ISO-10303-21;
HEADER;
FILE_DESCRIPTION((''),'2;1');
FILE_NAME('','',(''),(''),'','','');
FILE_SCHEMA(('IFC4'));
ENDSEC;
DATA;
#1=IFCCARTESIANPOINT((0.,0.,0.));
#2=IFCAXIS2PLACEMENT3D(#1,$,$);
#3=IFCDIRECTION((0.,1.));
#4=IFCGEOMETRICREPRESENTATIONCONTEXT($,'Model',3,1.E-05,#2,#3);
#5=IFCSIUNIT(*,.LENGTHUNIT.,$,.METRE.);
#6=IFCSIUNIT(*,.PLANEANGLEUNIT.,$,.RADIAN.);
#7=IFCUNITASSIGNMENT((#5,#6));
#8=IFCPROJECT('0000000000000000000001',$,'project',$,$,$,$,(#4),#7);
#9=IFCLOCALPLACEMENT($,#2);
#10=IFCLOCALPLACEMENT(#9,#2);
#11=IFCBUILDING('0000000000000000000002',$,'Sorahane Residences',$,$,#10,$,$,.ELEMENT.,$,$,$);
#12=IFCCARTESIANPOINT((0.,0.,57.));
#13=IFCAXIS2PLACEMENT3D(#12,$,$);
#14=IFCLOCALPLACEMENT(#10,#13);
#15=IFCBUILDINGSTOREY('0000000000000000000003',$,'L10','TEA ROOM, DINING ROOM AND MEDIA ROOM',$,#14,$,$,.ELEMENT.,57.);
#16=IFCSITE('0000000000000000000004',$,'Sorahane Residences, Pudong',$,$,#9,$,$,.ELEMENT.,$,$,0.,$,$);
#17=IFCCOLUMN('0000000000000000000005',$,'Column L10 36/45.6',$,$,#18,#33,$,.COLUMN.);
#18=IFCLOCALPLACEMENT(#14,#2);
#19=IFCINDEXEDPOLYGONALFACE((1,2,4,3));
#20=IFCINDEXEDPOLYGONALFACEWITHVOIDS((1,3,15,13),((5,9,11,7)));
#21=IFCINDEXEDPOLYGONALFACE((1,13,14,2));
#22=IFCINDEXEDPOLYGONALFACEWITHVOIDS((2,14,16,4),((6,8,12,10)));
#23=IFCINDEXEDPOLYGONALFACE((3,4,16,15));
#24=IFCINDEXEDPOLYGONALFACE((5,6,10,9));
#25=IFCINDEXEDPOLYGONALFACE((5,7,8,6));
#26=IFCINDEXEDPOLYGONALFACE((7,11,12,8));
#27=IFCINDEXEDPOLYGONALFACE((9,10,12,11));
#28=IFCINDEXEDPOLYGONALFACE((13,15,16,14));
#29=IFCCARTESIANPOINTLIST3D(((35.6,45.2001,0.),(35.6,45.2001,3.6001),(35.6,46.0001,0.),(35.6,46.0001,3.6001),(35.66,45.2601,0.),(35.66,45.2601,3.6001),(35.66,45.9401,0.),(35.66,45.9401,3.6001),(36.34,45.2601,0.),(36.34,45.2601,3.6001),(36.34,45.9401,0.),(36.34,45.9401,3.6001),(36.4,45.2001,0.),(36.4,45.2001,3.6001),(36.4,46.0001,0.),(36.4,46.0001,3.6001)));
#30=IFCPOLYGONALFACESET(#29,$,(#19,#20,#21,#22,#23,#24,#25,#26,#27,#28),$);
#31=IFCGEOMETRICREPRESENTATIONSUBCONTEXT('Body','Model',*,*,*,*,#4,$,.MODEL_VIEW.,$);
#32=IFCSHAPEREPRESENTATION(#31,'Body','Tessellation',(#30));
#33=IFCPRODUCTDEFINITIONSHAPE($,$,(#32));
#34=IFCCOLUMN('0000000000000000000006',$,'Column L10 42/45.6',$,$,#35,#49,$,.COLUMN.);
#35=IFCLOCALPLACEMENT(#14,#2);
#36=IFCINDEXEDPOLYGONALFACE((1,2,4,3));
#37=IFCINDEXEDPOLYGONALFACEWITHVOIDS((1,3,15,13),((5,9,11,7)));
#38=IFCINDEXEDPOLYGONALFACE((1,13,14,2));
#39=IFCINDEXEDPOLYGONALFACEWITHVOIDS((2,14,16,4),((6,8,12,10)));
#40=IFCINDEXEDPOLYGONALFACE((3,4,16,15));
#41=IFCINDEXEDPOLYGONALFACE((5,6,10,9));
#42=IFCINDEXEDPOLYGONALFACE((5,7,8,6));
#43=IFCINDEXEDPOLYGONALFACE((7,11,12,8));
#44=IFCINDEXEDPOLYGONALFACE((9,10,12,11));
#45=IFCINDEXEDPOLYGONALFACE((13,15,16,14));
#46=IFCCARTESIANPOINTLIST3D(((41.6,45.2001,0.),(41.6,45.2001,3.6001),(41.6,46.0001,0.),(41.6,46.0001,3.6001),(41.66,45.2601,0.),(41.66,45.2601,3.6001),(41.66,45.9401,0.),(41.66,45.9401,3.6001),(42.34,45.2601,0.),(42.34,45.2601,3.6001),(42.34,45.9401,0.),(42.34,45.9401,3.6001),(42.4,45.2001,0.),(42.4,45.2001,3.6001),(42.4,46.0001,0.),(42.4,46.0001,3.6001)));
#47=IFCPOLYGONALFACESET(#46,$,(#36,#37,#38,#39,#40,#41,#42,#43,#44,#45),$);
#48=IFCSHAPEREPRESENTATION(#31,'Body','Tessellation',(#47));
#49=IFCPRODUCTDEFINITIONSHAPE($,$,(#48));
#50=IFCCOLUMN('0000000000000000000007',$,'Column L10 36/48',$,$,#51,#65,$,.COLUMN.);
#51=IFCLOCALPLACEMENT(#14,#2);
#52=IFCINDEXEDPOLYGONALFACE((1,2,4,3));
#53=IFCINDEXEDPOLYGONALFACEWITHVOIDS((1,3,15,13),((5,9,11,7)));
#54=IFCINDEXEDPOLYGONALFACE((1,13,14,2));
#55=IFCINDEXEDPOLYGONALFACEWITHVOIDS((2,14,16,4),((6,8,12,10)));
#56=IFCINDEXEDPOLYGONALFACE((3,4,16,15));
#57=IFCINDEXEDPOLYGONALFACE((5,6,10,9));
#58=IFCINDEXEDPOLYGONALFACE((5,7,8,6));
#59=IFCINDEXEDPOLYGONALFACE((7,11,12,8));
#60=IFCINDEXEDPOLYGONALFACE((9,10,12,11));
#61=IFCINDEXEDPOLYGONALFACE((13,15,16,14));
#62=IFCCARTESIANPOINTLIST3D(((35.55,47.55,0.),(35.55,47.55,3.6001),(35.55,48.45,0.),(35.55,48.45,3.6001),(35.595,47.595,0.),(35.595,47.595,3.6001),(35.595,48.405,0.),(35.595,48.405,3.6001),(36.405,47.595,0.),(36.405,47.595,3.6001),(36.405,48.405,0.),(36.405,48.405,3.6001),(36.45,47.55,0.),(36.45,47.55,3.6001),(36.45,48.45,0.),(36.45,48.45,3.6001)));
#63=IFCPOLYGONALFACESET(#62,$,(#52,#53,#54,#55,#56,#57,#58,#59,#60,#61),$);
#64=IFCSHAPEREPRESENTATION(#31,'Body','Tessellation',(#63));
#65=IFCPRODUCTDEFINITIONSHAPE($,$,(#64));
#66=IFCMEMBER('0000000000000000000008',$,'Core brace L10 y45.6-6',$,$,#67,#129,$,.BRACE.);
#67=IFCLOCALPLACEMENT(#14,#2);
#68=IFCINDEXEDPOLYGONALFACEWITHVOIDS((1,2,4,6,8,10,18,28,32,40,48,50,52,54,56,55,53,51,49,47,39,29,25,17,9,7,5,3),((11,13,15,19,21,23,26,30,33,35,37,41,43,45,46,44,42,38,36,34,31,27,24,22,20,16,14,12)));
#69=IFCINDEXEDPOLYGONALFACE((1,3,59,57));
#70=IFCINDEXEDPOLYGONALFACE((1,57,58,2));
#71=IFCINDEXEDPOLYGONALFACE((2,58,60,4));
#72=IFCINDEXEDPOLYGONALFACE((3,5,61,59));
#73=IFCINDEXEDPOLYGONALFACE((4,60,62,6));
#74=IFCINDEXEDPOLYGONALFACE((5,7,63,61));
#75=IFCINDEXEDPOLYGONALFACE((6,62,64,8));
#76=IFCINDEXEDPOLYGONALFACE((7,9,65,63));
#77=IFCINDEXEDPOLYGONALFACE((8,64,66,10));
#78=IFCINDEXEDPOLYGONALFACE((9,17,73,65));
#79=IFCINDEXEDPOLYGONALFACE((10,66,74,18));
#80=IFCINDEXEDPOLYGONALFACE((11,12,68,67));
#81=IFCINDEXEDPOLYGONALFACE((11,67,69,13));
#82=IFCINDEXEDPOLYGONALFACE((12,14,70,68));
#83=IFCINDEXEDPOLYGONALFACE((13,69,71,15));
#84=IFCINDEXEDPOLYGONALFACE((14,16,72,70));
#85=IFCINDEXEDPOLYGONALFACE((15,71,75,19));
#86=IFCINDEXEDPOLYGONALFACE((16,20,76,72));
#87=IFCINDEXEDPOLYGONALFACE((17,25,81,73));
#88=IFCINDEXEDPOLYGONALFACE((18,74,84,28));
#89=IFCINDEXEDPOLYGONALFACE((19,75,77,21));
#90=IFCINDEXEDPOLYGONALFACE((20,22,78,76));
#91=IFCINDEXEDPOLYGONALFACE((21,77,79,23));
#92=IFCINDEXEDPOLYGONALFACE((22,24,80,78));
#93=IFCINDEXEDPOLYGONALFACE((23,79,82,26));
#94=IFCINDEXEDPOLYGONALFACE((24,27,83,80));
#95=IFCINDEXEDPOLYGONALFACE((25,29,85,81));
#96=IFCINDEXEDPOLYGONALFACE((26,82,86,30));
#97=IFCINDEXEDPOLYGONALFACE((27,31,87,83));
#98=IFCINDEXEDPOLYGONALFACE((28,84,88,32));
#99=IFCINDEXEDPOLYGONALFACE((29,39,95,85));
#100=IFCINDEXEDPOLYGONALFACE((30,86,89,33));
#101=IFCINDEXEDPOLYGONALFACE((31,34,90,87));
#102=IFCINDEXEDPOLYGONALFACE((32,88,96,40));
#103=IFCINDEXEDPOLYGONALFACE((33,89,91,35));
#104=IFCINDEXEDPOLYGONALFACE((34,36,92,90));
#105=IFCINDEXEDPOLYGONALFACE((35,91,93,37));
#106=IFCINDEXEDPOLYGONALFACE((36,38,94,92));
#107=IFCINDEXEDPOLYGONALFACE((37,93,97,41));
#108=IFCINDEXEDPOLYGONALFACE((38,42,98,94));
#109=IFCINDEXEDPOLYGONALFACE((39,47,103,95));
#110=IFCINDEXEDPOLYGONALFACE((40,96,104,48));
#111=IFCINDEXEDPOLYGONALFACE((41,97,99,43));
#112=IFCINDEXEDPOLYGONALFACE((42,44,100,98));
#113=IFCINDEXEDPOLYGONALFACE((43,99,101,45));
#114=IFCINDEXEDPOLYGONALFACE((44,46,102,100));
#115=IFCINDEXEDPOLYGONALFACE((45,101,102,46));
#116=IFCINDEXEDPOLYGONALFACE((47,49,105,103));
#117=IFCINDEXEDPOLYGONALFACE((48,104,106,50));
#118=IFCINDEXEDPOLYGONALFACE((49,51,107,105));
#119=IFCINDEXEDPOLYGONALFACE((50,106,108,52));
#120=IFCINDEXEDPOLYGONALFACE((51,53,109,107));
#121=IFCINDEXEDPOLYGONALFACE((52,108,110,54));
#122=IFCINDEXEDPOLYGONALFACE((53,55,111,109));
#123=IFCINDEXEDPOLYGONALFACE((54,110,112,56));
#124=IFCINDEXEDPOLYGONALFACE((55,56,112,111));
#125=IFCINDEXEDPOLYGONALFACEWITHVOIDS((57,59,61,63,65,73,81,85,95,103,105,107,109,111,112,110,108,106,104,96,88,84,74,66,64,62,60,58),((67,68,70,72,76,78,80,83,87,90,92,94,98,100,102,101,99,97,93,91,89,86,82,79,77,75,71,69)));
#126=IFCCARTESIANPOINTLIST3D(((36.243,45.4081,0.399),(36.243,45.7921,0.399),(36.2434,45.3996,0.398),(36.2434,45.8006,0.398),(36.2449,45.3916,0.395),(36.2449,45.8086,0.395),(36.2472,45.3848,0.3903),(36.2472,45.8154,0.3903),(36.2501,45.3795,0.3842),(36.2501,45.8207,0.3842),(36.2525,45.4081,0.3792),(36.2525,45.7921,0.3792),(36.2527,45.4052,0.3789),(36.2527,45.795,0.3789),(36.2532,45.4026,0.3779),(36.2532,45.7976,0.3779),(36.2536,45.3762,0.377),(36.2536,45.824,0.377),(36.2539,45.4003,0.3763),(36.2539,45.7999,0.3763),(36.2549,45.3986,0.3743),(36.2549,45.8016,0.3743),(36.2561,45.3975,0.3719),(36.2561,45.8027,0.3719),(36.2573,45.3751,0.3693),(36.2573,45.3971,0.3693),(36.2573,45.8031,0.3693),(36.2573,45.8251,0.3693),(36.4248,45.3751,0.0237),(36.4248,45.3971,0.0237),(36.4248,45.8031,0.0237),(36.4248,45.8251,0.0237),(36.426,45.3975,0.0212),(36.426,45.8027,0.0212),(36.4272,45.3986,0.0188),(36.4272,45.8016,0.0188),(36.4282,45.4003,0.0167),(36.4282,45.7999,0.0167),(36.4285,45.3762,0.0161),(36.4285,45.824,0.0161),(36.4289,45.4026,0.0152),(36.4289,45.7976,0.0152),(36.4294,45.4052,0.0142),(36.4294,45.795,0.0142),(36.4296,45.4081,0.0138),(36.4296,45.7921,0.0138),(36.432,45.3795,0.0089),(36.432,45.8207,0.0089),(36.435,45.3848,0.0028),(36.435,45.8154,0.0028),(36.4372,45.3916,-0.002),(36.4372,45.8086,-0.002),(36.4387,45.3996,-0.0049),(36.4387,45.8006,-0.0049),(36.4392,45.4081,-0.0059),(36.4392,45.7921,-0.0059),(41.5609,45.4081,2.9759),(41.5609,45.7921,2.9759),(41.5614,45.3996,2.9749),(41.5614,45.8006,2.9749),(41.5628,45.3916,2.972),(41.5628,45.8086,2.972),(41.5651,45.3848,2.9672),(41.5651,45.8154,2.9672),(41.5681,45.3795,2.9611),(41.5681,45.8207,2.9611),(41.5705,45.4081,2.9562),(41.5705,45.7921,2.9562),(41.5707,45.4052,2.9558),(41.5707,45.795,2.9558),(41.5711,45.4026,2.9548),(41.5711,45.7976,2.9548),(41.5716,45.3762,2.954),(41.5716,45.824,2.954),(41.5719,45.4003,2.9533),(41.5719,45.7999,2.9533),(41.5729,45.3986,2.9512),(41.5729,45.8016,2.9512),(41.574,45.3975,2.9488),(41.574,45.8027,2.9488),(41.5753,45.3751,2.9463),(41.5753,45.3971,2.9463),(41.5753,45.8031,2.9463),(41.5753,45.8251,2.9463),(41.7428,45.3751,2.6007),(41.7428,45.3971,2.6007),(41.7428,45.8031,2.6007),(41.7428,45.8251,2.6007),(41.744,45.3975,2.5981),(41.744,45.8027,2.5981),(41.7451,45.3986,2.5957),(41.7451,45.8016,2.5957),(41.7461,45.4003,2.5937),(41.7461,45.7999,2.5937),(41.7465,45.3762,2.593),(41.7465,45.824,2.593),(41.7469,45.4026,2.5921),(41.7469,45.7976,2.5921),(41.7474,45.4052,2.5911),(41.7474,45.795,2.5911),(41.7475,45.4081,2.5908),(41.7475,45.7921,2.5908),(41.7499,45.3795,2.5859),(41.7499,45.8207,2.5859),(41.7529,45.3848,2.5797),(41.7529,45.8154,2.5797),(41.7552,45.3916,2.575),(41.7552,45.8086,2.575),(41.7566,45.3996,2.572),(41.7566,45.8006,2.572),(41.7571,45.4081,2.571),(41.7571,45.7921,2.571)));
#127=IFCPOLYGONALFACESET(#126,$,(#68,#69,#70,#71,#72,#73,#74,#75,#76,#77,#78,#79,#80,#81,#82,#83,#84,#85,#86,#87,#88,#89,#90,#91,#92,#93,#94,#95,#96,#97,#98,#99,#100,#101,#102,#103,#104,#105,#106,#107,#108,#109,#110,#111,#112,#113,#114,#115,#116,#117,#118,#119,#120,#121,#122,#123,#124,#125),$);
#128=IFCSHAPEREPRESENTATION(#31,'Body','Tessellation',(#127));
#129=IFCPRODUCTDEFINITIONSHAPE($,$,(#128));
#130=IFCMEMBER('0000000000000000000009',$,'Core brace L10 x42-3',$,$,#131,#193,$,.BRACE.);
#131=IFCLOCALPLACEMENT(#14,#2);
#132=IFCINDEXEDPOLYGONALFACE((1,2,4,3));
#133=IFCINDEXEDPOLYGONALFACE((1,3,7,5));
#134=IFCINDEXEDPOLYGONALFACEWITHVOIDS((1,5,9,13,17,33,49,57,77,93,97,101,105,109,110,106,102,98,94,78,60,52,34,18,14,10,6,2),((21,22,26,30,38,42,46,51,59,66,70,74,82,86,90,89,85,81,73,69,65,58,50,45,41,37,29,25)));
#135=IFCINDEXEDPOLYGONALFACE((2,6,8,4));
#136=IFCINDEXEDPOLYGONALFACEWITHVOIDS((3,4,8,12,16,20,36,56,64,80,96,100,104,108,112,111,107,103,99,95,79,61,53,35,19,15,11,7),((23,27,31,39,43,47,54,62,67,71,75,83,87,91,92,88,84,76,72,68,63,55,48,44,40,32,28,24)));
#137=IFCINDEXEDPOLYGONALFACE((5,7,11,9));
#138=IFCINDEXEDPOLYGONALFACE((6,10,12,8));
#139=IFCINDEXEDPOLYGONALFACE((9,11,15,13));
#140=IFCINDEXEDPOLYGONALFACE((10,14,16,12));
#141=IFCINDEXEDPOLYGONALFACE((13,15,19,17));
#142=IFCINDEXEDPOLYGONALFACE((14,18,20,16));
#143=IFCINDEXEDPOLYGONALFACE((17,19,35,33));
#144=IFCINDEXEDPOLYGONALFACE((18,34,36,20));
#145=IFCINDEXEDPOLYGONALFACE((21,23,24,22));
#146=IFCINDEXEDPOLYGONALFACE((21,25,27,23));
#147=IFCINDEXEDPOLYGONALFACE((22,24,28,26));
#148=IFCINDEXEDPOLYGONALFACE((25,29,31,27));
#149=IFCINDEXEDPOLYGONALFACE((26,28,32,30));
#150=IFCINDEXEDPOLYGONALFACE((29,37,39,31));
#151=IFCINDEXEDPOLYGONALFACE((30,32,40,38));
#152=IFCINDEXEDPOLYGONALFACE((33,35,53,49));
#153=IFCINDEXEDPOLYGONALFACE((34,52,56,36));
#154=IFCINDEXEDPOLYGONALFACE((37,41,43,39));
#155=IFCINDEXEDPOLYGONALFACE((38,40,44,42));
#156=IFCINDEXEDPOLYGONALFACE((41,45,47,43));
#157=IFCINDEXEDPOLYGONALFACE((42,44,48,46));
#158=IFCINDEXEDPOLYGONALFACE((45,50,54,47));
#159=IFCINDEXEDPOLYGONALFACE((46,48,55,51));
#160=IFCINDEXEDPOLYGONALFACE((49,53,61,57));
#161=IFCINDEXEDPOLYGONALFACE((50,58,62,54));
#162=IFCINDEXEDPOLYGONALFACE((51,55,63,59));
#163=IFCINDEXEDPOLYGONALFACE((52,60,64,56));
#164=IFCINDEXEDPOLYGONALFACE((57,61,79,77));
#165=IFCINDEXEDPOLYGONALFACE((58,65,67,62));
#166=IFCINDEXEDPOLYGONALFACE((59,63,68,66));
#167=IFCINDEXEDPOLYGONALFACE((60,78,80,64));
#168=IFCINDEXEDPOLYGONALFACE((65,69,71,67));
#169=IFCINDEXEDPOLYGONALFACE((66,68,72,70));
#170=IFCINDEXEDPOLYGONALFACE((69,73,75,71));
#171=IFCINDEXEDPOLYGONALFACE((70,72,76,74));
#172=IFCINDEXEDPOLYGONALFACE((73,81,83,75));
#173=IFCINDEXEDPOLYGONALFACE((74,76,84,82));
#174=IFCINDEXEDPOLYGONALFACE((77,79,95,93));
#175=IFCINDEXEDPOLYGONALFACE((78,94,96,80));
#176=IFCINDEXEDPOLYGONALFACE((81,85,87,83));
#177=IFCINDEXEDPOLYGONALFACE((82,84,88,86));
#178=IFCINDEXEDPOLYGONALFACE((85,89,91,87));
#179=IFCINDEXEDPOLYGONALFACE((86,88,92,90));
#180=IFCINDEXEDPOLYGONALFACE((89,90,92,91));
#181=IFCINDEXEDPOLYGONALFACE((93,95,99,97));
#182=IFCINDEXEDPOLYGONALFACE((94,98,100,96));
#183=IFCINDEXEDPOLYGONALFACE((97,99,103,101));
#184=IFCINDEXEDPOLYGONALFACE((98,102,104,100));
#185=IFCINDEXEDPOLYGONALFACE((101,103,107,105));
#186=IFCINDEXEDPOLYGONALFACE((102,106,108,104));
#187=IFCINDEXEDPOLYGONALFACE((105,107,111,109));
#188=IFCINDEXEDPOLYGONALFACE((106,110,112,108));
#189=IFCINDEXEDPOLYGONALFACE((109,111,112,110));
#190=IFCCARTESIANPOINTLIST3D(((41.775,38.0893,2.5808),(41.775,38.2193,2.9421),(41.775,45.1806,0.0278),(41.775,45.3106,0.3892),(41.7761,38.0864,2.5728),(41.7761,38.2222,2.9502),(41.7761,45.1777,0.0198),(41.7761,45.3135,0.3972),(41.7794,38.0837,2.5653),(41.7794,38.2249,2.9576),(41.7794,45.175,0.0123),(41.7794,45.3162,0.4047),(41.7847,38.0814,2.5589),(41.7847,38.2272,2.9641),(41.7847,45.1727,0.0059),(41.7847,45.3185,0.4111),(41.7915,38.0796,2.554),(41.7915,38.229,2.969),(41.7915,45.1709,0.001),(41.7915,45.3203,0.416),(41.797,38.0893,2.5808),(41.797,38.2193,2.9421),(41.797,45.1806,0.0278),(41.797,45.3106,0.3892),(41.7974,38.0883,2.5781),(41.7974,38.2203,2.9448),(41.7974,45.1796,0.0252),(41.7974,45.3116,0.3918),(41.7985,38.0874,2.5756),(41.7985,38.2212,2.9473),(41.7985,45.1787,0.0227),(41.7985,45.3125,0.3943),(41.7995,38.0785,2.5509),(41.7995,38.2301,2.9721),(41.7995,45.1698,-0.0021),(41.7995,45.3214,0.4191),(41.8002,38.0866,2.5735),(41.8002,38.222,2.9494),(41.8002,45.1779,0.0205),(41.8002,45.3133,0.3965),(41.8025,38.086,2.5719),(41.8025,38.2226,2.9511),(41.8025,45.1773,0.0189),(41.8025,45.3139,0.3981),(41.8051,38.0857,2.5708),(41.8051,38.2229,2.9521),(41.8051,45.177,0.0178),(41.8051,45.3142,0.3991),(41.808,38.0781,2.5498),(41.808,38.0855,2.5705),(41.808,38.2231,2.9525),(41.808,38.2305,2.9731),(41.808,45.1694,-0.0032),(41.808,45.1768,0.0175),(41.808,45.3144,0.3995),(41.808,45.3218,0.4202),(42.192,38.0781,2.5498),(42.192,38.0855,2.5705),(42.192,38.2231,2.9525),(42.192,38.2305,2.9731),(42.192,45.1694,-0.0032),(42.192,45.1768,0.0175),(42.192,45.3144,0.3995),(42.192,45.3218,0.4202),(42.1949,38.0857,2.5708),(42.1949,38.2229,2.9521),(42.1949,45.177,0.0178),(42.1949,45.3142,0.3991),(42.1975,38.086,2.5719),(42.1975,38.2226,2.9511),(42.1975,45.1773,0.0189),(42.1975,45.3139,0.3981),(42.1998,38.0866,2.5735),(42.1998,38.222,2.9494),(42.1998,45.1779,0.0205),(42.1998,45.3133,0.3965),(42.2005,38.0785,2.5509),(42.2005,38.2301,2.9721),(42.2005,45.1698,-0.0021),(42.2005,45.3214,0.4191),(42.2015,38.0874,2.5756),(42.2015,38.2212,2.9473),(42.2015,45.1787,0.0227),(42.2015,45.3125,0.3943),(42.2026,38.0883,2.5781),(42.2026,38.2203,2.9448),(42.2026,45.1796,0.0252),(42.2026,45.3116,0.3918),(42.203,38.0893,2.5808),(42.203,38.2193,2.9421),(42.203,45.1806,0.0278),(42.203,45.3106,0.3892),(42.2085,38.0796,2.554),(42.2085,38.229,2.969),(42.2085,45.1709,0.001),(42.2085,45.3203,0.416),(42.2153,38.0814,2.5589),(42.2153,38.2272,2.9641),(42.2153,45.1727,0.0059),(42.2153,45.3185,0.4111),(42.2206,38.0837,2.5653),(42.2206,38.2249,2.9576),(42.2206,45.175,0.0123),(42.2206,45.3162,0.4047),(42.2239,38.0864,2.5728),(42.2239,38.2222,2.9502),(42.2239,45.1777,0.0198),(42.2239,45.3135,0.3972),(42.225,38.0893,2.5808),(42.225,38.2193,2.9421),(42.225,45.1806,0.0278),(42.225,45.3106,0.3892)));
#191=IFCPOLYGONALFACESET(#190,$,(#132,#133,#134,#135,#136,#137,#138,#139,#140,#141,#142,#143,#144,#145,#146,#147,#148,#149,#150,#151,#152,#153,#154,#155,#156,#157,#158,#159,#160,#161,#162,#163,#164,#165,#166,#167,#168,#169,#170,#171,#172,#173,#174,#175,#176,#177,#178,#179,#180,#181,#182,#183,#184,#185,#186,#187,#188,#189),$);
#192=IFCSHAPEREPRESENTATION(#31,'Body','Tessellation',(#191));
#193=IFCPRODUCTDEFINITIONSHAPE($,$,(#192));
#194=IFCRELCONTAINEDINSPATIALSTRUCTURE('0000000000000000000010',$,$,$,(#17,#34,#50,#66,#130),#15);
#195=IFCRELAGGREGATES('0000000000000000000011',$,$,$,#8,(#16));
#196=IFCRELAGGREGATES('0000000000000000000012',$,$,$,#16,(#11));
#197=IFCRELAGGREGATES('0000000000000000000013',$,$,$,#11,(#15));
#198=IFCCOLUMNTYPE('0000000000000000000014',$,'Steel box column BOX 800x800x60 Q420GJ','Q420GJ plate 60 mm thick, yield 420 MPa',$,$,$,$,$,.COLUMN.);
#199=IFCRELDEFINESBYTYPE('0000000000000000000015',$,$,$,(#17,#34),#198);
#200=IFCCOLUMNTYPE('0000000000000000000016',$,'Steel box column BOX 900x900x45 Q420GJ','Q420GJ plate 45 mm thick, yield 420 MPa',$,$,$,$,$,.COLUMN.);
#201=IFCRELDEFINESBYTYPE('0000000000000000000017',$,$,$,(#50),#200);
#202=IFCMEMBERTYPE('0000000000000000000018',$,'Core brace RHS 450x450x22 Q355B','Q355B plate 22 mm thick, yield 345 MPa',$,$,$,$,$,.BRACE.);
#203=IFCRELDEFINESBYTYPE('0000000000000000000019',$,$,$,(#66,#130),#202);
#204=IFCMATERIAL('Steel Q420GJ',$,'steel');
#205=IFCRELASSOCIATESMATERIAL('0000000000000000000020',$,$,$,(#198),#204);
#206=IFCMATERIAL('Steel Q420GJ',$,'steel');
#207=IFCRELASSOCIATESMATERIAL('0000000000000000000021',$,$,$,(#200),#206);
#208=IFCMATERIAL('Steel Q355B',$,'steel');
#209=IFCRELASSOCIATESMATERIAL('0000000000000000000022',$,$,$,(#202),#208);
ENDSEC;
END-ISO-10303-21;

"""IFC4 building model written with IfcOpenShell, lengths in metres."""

from ifc_helpers import new_model, si_unit, direction, frame, origin, origin_2d, place, context, subcontext, project, spatial, hollow_rectangle, extrude, material, material_profile, profile_set, type_object, element, save


model = new_model("IFC4")

# Units and contexts
model_context = context("Model", 3, precision=1e-05, world=origin(), true_north=direction((0.0, 1.0)))
body_context = subcontext(model_context, "Body", "Model", "MODEL_VIEW")
ifc_project = project(units=[si_unit("LENGTHUNIT", "METRE"), si_unit("PLANEANGLEUNIT", "RADIAN")], contexts=[model_context])

# Site, building, storey
site_placement = place(None, origin())
site = spatial("IfcSite", under=ifc_project, at=site_placement, Name="Sorahane Residences, Pudong", CompositionType="ELEMENT", RefElevation=0.0)
building_placement = place(site_placement, origin())
building = spatial("IfcBuilding", under=site, at=building_placement, Name="Sorahane Residences", CompositionType="ELEMENT")
storey_placement = place(building_placement, frame((0.0, 0.0, 57.0)))
storey = spatial("IfcBuildingStorey", under=building, at=storey_placement, Name="L10", Description="TEA ROOM, DINING ROOM AND MEDIA ROOM", CompositionType="ELEMENT", Elevation=57.0)

# Columns
ifc_material_1 = material(Name="Steel Q420GJ", Category="steel")
ifc_material_profile_1 = material_profile(ifc_material_1, hollow_rectangle(XDim=0.8, YDim=0.8, WallThickness=0.0601, at=origin_2d()), Name="BOX 800x800x60")
ifc_profile_set_1 = profile_set([ifc_material_profile_1], Name="Steel Q420GJ")
column_type_1 = type_object("IfcColumnType", Name="Steel box column BOX 800x800x60 Q420GJ", Description="Q420GJ plate 60 mm thick, yield 420 MPa", PredefinedType="COLUMN", material=ifc_profile_set_1)
for number, where, z_axis, x_axis, name in (
    (1, (36.0, 45.6001, 0.0), (0.0, 0.0, 1.0), (1.0, 0.0, 0.0), "Column L10 36/45.6"),
    (2, (42.0, 45.6001, 0.0), (0.0, 0.0, 1.0), (1.0, 0.0, 0.0), "Column L10 42/45.6"),
):
    element("IfcColumn", number, at=place(storey_placement, frame(where, z_axis=z_axis, x_axis=x_axis)), inside=storey, type_object=column_type_1, Name=name, PredefinedType="COLUMN", context=body_context, shape_type="SweptSolid", body=[
        extrude(hollow_rectangle(XDim=0.8, YDim=0.8, WallThickness=0.0601, at=origin_2d()), origin(), (0.0, 0.0, 1.0), 3.6001),
    ])
ifc_material_2 = material(Name="Steel Q420GJ", Category="steel")
ifc_material_profile_2 = material_profile(ifc_material_2, hollow_rectangle(XDim=0.8999, YDim=0.8999, WallThickness=0.0449, at=origin_2d()), Name="BOX 900x900x45")
ifc_profile_set_2 = profile_set([ifc_material_profile_2], Name="Steel Q420GJ")
column_type_2 = type_object("IfcColumnType", Name="Steel box column BOX 900x900x45 Q420GJ", Description="Q420GJ plate 45 mm thick, yield 420 MPa", PredefinedType="COLUMN", material=ifc_profile_set_2)
column_placement = place(storey_placement, frame((36.0, 48.0, 0.0), z_axis=(0.0, 0.0, 1.0), x_axis=(1.0, 0.0, 0.0)))
element("IfcColumn", 3, at=column_placement, inside=storey, type_object=column_type_2, Name="Column L10 36/48", PredefinedType="COLUMN", context=body_context, shape_type="SweptSolid", body=[
    extrude(hollow_rectangle(XDim=0.8999, YDim=0.8999, WallThickness=0.0449, at=origin_2d()), origin(), (0.0, 0.0, 1.0), 3.6001),
])

# Members
ifc_material_3 = material(Name="Steel Q355B", Category="steel")
ifc_material_profile_3 = material_profile(ifc_material_3, hollow_rectangle(XDim=0.45, YDim=0.45, WallThickness=0.022, InnerFilletRadius=0.011, OuterFilletRadius=0.033, at=origin_2d()), Name="RHS 450x450x22")
ifc_profile_set_3 = profile_set([ifc_material_profile_3], Name="Steel Q355B")
member_type_1 = type_object("IfcMemberType", Name="Core brace RHS 450x450x22 Q355B", Description="Q355B plate 22 mm thick, yield 345 MPa", PredefinedType="BRACE", material=ifc_profile_set_3)
member_1_placement = place(storey_placement, frame((36.3411, 45.6001, 0.1965), z_axis=(0.899911, 0.0, 0.436074), x_axis=(0.0, 1.0, 0.0)))
element("IfcMember", 4, at=member_1_placement, inside=storey, type_object=member_type_1, Name="Core brace L10 y45.6-6", PredefinedType="BRACE", context=body_context, shape_type="SweptSolid", body=[
    extrude(hollow_rectangle(XDim=0.45, YDim=0.45, WallThickness=0.022, InnerFilletRadius=0.011, OuterFilletRadius=0.033, at=origin_2d()), origin(), (0.0, 0.0, 1.0), 5.9094),
])
member_2_placement = place(storey_placement, frame((42.0, 45.2456, 0.2085), z_axis=(0.0, -0.940883, 0.338732), x_axis=(1.0, 0.0, 0.0)))
element("IfcMember", 5, at=member_2_placement, inside=storey, type_object=member_type_1, Name="Core brace L10 x42-3", PredefinedType="BRACE", context=body_context, shape_type="SweptSolid", body=[
    extrude(hollow_rectangle(XDim=0.45, YDim=0.45, WallThickness=0.022, InnerFilletRadius=0.011, OuterFilletRadius=0.033, at=origin_2d()), origin(), (0.0, 0.0, 1.0), 7.5369),
])

save(model, "model.ifc")
